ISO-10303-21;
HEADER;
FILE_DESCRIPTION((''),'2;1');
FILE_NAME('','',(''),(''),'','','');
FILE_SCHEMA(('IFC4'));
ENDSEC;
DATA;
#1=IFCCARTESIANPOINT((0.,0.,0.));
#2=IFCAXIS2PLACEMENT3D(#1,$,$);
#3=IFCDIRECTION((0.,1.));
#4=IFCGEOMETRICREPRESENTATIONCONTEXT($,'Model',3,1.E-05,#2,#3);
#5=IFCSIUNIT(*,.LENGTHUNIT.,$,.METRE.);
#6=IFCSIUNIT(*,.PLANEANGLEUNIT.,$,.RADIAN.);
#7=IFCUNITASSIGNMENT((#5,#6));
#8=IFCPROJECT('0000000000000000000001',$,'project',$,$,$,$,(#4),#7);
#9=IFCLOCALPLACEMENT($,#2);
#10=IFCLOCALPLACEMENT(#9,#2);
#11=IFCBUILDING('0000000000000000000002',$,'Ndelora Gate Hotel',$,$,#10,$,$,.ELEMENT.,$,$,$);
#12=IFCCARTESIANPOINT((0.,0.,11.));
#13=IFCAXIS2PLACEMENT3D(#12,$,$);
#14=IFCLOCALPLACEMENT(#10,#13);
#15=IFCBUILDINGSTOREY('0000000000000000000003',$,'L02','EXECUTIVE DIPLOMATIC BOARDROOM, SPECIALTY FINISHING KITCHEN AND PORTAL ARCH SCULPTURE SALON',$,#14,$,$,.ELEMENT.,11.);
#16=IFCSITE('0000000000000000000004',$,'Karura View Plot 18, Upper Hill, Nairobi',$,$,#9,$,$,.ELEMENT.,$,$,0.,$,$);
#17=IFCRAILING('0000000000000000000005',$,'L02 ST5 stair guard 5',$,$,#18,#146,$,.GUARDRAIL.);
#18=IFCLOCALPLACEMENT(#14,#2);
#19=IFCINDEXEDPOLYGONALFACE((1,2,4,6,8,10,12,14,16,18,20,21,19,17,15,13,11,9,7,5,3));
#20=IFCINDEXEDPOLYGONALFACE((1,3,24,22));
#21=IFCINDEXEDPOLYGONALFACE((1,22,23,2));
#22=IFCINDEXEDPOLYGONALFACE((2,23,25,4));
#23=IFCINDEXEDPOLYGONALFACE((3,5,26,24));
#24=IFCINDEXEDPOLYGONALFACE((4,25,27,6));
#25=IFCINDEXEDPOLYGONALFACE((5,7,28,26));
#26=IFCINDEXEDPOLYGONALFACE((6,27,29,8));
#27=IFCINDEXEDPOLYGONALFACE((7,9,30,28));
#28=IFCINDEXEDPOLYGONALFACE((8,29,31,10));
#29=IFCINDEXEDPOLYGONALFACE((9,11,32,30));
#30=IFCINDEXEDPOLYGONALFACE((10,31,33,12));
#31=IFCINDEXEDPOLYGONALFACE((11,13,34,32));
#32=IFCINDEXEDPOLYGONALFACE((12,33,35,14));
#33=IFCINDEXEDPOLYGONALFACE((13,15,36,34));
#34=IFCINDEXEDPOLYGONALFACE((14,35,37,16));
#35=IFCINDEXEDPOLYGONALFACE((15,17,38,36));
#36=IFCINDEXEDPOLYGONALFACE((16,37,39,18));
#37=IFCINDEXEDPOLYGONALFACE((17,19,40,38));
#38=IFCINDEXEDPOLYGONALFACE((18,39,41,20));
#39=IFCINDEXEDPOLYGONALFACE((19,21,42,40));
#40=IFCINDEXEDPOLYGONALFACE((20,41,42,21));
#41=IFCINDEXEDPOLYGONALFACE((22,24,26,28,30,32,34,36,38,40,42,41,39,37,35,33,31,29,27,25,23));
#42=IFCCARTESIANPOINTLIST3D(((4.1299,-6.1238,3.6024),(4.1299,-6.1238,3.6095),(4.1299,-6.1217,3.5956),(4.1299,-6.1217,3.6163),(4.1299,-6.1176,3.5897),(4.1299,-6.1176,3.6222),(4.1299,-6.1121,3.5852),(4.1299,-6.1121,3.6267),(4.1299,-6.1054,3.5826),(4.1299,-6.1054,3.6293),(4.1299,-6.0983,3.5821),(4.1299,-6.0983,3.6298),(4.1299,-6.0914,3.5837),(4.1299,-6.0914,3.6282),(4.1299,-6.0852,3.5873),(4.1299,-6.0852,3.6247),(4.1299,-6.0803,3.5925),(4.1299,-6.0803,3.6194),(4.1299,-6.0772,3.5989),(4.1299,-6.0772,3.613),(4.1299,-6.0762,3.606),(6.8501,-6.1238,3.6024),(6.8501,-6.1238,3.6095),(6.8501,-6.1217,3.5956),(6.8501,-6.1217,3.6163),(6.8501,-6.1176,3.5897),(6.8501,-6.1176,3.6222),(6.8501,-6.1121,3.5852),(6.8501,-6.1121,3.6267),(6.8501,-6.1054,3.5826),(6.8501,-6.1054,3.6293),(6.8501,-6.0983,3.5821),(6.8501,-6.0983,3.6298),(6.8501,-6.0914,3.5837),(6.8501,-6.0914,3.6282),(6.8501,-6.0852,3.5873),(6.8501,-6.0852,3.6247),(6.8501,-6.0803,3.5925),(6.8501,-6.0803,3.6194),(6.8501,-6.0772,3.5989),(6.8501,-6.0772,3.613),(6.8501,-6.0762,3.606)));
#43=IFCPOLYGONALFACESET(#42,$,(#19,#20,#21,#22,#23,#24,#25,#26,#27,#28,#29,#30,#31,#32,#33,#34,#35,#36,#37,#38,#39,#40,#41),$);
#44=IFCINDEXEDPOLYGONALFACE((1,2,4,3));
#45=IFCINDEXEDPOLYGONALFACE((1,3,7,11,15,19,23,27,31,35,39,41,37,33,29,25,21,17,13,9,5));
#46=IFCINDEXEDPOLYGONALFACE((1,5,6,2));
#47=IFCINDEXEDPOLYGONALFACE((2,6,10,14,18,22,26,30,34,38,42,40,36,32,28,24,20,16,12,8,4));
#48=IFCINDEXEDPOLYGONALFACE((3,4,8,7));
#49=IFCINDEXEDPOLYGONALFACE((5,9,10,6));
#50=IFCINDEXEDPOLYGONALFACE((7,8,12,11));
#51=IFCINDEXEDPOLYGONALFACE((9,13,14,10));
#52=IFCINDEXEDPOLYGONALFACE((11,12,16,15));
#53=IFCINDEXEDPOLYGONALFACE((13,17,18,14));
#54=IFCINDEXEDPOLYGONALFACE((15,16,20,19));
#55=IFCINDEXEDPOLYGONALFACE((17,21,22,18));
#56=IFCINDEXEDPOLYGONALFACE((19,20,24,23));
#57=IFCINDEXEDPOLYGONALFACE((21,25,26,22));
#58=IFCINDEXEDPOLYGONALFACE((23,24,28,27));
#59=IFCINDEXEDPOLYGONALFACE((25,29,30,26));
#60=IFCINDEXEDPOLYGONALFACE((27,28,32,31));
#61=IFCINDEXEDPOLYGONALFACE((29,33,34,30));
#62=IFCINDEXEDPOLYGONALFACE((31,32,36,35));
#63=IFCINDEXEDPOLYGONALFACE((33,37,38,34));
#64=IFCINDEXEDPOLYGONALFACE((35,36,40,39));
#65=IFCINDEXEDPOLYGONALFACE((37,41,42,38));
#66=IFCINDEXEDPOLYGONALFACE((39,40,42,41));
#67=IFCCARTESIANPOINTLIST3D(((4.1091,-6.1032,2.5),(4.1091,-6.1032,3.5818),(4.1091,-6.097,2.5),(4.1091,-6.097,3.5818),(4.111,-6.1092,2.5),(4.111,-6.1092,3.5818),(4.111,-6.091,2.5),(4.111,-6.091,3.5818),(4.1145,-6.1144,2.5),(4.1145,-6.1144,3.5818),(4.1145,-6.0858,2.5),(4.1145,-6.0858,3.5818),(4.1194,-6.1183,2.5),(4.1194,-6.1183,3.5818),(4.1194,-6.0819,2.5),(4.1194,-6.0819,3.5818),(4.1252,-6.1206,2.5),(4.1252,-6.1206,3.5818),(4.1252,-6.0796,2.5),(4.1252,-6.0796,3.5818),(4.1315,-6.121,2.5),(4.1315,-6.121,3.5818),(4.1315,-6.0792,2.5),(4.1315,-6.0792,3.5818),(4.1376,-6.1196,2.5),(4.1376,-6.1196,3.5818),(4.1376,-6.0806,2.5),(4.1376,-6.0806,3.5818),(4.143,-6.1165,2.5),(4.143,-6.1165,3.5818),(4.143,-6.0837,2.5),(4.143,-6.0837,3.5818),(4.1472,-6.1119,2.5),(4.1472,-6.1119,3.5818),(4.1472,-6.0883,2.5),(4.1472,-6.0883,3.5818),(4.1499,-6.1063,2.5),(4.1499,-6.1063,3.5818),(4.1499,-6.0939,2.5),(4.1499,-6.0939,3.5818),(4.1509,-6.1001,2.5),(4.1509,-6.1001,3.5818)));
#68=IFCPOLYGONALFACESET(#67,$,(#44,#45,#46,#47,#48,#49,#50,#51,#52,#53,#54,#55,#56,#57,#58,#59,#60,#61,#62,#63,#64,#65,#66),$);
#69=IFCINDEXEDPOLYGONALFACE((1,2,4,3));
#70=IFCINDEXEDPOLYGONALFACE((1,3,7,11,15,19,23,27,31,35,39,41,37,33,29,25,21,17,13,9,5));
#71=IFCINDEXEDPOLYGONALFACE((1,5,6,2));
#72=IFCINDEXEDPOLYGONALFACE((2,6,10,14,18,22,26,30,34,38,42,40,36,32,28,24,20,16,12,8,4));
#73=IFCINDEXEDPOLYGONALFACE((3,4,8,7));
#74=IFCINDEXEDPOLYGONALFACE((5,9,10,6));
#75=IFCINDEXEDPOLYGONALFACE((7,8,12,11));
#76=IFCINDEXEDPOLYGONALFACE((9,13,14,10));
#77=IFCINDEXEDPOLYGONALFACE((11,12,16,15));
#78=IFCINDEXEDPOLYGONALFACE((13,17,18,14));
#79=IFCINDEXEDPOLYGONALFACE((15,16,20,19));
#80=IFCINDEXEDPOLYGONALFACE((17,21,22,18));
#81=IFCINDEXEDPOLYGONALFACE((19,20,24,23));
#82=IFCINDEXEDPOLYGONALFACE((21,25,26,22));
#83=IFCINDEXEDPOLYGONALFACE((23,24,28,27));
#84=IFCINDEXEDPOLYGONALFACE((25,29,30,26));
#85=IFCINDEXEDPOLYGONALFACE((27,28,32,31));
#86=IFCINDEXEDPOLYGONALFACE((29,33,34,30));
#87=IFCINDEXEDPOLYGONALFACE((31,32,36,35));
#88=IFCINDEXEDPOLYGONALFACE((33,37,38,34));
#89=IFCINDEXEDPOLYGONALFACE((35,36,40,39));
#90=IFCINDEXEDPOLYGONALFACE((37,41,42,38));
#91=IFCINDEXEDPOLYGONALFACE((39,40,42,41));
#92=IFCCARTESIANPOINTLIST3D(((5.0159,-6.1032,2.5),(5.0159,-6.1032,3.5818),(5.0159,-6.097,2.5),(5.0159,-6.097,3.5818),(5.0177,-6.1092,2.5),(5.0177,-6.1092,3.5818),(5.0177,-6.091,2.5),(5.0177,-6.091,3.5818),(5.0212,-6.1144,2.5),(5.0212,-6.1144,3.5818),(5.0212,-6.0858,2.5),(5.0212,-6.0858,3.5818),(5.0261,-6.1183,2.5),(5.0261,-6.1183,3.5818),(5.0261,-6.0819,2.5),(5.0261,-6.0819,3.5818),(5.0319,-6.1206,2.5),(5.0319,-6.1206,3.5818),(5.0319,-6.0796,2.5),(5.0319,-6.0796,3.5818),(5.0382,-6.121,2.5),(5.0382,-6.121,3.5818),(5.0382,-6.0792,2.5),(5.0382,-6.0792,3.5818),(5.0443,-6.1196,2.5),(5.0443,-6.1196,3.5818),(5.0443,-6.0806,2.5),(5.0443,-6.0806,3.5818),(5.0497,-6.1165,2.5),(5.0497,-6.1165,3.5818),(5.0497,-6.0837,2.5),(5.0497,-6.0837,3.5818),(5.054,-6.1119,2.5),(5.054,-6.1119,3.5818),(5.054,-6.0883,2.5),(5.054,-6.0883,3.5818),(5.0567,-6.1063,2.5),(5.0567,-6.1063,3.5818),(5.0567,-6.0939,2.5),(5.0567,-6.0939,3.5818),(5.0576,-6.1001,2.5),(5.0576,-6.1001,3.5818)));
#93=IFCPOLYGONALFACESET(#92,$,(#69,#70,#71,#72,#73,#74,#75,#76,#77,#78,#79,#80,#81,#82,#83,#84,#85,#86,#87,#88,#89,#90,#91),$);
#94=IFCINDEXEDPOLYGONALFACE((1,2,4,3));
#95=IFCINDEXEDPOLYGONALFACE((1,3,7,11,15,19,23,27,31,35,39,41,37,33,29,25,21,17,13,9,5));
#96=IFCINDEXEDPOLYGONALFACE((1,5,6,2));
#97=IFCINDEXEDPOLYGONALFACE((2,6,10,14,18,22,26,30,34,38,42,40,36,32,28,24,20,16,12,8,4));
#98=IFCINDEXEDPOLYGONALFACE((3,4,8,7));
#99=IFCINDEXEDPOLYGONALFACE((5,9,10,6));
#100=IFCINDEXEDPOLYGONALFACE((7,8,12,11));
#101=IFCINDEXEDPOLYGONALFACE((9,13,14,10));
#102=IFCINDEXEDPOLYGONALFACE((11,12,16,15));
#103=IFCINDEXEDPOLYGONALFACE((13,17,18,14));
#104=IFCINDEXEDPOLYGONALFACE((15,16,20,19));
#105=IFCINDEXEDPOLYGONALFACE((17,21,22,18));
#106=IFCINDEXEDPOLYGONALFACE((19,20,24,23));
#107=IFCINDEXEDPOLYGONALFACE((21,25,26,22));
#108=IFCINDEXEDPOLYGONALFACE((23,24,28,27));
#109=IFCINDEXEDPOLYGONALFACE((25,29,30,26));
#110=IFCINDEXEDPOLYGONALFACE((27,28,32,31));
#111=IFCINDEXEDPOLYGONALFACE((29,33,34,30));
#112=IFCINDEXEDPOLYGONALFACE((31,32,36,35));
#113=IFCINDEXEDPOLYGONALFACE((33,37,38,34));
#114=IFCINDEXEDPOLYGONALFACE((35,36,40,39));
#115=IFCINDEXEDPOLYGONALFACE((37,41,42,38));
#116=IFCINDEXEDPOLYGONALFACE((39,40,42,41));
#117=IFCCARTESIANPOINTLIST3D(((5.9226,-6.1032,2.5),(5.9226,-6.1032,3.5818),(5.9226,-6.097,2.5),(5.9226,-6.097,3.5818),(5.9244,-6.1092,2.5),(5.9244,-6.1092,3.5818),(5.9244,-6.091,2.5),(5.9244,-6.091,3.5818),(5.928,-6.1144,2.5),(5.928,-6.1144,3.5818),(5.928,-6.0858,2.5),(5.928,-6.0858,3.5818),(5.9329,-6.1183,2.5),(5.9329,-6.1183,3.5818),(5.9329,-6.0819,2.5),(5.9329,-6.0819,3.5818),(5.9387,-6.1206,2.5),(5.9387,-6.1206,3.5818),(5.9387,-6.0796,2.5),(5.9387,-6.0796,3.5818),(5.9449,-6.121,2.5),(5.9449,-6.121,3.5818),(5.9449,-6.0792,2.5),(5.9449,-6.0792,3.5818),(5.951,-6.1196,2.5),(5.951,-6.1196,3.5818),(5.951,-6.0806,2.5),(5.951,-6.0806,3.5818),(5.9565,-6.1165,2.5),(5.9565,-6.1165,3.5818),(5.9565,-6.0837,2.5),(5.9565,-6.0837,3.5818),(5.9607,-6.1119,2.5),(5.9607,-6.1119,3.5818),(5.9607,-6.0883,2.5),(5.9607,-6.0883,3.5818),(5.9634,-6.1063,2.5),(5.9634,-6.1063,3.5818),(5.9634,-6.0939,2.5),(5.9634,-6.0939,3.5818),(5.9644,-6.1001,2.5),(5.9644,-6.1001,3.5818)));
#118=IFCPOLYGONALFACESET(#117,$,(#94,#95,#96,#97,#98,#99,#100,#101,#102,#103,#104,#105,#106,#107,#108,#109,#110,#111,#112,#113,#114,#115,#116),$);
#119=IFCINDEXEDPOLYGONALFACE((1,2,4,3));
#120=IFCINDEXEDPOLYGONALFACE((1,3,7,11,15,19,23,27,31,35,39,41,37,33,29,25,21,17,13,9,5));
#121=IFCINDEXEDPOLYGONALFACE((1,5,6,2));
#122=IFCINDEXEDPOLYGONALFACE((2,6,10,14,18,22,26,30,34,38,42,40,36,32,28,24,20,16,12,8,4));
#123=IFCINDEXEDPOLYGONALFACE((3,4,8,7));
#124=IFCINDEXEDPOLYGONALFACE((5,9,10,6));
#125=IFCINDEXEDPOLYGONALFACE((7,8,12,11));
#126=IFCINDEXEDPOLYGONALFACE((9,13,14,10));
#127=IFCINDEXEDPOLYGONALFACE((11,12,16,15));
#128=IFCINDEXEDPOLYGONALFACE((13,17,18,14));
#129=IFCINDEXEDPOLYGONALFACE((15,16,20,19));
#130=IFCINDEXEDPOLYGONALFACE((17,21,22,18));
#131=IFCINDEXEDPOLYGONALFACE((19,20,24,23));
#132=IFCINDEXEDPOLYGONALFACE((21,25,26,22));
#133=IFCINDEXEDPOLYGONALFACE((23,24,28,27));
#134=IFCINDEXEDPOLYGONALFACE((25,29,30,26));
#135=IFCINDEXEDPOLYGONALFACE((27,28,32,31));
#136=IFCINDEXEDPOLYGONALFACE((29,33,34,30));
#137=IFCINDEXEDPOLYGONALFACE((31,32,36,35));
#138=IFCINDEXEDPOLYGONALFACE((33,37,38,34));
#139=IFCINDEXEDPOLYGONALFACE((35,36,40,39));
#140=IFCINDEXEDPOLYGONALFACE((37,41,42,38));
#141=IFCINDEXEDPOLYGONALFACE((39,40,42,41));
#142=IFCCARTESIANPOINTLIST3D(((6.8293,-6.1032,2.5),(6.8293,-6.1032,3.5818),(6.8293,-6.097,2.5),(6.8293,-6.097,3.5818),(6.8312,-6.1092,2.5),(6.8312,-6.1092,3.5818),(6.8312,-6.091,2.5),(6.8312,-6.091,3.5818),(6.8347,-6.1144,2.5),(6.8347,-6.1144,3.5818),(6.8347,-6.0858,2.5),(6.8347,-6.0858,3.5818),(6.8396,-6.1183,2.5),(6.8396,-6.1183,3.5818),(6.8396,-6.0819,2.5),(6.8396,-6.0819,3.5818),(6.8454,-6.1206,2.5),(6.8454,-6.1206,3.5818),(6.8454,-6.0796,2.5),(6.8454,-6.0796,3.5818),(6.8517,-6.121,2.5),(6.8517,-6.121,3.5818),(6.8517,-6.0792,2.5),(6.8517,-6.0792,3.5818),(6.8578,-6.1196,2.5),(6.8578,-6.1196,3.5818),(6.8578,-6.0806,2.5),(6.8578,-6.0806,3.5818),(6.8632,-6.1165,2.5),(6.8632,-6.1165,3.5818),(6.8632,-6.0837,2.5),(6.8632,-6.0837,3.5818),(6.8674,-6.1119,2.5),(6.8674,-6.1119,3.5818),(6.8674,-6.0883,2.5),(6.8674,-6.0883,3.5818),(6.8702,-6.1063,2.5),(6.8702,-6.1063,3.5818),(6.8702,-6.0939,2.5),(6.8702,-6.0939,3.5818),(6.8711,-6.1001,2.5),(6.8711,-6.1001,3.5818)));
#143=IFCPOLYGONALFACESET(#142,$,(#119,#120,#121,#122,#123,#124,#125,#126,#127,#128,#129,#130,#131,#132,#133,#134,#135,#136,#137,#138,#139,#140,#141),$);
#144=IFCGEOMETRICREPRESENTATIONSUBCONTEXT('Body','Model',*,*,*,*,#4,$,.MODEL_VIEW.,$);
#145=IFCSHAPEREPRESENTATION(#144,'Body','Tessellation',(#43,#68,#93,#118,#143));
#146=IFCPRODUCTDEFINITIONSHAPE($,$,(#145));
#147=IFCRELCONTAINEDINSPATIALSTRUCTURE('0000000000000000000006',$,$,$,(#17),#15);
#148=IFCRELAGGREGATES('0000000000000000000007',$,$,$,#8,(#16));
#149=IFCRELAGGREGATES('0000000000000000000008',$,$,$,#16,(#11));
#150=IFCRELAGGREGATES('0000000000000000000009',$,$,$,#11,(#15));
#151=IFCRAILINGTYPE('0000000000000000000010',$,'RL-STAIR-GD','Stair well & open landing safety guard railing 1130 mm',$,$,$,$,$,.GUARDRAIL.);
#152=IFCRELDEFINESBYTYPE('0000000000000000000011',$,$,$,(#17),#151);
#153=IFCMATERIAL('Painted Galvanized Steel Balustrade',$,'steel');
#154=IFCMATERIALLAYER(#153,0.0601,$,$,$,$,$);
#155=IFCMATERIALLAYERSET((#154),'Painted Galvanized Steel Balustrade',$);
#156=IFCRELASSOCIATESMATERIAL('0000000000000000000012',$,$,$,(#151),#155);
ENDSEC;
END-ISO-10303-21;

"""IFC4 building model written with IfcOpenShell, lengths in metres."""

from ifc_helpers import new_model, si_unit, direction, frame, origin, origin_2d, place, context, subcontext, project, spatial, circle, extrude, material, layer, layer_set, type_object, element, save


model = new_model("IFC4")

# Units and contexts
model_context = context("Model", 3, precision=1e-05, world=origin(), true_north=direction((0.0, 1.0)))
body_context = subcontext(model_context, "Body", "Model", "MODEL_VIEW")
ifc_project = project(units=[si_unit("LENGTHUNIT", "METRE"), si_unit("PLANEANGLEUNIT", "RADIAN")], contexts=[model_context])

# Site, building, storey
site_placement = place(None, origin())
site = spatial("IfcSite", under=ifc_project, at=site_placement, Name="Karura View Plot 18, Upper Hill, Nairobi", CompositionType="ELEMENT", RefElevation=0.0)
building_placement = place(site_placement, origin())
building = spatial("IfcBuilding", under=site, at=building_placement, Name="Ndelora Gate Hotel", CompositionType="ELEMENT")
storey_placement = place(building_placement, frame((0.0, 0.0, 11.0)))
storey = spatial("IfcBuildingStorey", under=building, at=storey_placement, Name="L02", Description="EXECUTIVE DIPLOMATIC BOARDROOM, SPECIALTY FINISHING KITCHEN AND PORTAL ARCH SCULPTURE SALON", CompositionType="ELEMENT", Elevation=11.0)

# Railing
ifc_material_1 = material(Name="Painted Galvanized Steel Balustrade", Category="steel")
ifc_layer_1 = layer(ifc_material_1, 0.0601)
ifc_layer_set_1 = layer_set([ifc_layer_1], Name="Painted Galvanized Steel Balustrade")
railing_type_1 = type_object("IfcRailingType", Name="RL-STAIR-GD", Description="Stair well & open landing safety guard railing 1130 mm", PredefinedType="GUARDRAIL", material=ifc_layer_set_1)
railing_1_placement = place(storey_placement, frame((4.1299, -6.1001, 2.5)))
element("IfcRailing", 1, at=railing_1_placement, inside=storey, type_object=railing_type_1, Name="L02 ST5 stair guard 5", PredefinedType="GUARDRAIL", context=body_context, shape_type="SweptSolid", body=[
    extrude(circle(Radius=0.0239, at=origin_2d()), frame((0.0, 0.0, 1.106), z_axis=(1.0, 0.0, 0.0), x_axis=(0.0, 1.0, 0.0)), (0.0, 0.0, 1.0), 2.7202),
    extrude(circle(Radius=0.021, at=origin_2d()), origin(), (0.0, 0.0, 1.0), 1.0818),
    extrude(circle(Radius=0.021, at=origin_2d()), frame((0.9067, 0.0, 0.0)), (0.0, 0.0, 1.0), 1.0818),
    extrude(circle(Radius=0.021, at=origin_2d()), frame((1.8135, 0.0, 0.0)), (0.0, 0.0, 1.0), 1.0818),
    extrude(circle(Radius=0.021, at=origin_2d()), frame((2.7202, 0.0, 0.0)), (0.0, 0.0, 1.0), 1.0818),
])

save(model, "model.ifc")
